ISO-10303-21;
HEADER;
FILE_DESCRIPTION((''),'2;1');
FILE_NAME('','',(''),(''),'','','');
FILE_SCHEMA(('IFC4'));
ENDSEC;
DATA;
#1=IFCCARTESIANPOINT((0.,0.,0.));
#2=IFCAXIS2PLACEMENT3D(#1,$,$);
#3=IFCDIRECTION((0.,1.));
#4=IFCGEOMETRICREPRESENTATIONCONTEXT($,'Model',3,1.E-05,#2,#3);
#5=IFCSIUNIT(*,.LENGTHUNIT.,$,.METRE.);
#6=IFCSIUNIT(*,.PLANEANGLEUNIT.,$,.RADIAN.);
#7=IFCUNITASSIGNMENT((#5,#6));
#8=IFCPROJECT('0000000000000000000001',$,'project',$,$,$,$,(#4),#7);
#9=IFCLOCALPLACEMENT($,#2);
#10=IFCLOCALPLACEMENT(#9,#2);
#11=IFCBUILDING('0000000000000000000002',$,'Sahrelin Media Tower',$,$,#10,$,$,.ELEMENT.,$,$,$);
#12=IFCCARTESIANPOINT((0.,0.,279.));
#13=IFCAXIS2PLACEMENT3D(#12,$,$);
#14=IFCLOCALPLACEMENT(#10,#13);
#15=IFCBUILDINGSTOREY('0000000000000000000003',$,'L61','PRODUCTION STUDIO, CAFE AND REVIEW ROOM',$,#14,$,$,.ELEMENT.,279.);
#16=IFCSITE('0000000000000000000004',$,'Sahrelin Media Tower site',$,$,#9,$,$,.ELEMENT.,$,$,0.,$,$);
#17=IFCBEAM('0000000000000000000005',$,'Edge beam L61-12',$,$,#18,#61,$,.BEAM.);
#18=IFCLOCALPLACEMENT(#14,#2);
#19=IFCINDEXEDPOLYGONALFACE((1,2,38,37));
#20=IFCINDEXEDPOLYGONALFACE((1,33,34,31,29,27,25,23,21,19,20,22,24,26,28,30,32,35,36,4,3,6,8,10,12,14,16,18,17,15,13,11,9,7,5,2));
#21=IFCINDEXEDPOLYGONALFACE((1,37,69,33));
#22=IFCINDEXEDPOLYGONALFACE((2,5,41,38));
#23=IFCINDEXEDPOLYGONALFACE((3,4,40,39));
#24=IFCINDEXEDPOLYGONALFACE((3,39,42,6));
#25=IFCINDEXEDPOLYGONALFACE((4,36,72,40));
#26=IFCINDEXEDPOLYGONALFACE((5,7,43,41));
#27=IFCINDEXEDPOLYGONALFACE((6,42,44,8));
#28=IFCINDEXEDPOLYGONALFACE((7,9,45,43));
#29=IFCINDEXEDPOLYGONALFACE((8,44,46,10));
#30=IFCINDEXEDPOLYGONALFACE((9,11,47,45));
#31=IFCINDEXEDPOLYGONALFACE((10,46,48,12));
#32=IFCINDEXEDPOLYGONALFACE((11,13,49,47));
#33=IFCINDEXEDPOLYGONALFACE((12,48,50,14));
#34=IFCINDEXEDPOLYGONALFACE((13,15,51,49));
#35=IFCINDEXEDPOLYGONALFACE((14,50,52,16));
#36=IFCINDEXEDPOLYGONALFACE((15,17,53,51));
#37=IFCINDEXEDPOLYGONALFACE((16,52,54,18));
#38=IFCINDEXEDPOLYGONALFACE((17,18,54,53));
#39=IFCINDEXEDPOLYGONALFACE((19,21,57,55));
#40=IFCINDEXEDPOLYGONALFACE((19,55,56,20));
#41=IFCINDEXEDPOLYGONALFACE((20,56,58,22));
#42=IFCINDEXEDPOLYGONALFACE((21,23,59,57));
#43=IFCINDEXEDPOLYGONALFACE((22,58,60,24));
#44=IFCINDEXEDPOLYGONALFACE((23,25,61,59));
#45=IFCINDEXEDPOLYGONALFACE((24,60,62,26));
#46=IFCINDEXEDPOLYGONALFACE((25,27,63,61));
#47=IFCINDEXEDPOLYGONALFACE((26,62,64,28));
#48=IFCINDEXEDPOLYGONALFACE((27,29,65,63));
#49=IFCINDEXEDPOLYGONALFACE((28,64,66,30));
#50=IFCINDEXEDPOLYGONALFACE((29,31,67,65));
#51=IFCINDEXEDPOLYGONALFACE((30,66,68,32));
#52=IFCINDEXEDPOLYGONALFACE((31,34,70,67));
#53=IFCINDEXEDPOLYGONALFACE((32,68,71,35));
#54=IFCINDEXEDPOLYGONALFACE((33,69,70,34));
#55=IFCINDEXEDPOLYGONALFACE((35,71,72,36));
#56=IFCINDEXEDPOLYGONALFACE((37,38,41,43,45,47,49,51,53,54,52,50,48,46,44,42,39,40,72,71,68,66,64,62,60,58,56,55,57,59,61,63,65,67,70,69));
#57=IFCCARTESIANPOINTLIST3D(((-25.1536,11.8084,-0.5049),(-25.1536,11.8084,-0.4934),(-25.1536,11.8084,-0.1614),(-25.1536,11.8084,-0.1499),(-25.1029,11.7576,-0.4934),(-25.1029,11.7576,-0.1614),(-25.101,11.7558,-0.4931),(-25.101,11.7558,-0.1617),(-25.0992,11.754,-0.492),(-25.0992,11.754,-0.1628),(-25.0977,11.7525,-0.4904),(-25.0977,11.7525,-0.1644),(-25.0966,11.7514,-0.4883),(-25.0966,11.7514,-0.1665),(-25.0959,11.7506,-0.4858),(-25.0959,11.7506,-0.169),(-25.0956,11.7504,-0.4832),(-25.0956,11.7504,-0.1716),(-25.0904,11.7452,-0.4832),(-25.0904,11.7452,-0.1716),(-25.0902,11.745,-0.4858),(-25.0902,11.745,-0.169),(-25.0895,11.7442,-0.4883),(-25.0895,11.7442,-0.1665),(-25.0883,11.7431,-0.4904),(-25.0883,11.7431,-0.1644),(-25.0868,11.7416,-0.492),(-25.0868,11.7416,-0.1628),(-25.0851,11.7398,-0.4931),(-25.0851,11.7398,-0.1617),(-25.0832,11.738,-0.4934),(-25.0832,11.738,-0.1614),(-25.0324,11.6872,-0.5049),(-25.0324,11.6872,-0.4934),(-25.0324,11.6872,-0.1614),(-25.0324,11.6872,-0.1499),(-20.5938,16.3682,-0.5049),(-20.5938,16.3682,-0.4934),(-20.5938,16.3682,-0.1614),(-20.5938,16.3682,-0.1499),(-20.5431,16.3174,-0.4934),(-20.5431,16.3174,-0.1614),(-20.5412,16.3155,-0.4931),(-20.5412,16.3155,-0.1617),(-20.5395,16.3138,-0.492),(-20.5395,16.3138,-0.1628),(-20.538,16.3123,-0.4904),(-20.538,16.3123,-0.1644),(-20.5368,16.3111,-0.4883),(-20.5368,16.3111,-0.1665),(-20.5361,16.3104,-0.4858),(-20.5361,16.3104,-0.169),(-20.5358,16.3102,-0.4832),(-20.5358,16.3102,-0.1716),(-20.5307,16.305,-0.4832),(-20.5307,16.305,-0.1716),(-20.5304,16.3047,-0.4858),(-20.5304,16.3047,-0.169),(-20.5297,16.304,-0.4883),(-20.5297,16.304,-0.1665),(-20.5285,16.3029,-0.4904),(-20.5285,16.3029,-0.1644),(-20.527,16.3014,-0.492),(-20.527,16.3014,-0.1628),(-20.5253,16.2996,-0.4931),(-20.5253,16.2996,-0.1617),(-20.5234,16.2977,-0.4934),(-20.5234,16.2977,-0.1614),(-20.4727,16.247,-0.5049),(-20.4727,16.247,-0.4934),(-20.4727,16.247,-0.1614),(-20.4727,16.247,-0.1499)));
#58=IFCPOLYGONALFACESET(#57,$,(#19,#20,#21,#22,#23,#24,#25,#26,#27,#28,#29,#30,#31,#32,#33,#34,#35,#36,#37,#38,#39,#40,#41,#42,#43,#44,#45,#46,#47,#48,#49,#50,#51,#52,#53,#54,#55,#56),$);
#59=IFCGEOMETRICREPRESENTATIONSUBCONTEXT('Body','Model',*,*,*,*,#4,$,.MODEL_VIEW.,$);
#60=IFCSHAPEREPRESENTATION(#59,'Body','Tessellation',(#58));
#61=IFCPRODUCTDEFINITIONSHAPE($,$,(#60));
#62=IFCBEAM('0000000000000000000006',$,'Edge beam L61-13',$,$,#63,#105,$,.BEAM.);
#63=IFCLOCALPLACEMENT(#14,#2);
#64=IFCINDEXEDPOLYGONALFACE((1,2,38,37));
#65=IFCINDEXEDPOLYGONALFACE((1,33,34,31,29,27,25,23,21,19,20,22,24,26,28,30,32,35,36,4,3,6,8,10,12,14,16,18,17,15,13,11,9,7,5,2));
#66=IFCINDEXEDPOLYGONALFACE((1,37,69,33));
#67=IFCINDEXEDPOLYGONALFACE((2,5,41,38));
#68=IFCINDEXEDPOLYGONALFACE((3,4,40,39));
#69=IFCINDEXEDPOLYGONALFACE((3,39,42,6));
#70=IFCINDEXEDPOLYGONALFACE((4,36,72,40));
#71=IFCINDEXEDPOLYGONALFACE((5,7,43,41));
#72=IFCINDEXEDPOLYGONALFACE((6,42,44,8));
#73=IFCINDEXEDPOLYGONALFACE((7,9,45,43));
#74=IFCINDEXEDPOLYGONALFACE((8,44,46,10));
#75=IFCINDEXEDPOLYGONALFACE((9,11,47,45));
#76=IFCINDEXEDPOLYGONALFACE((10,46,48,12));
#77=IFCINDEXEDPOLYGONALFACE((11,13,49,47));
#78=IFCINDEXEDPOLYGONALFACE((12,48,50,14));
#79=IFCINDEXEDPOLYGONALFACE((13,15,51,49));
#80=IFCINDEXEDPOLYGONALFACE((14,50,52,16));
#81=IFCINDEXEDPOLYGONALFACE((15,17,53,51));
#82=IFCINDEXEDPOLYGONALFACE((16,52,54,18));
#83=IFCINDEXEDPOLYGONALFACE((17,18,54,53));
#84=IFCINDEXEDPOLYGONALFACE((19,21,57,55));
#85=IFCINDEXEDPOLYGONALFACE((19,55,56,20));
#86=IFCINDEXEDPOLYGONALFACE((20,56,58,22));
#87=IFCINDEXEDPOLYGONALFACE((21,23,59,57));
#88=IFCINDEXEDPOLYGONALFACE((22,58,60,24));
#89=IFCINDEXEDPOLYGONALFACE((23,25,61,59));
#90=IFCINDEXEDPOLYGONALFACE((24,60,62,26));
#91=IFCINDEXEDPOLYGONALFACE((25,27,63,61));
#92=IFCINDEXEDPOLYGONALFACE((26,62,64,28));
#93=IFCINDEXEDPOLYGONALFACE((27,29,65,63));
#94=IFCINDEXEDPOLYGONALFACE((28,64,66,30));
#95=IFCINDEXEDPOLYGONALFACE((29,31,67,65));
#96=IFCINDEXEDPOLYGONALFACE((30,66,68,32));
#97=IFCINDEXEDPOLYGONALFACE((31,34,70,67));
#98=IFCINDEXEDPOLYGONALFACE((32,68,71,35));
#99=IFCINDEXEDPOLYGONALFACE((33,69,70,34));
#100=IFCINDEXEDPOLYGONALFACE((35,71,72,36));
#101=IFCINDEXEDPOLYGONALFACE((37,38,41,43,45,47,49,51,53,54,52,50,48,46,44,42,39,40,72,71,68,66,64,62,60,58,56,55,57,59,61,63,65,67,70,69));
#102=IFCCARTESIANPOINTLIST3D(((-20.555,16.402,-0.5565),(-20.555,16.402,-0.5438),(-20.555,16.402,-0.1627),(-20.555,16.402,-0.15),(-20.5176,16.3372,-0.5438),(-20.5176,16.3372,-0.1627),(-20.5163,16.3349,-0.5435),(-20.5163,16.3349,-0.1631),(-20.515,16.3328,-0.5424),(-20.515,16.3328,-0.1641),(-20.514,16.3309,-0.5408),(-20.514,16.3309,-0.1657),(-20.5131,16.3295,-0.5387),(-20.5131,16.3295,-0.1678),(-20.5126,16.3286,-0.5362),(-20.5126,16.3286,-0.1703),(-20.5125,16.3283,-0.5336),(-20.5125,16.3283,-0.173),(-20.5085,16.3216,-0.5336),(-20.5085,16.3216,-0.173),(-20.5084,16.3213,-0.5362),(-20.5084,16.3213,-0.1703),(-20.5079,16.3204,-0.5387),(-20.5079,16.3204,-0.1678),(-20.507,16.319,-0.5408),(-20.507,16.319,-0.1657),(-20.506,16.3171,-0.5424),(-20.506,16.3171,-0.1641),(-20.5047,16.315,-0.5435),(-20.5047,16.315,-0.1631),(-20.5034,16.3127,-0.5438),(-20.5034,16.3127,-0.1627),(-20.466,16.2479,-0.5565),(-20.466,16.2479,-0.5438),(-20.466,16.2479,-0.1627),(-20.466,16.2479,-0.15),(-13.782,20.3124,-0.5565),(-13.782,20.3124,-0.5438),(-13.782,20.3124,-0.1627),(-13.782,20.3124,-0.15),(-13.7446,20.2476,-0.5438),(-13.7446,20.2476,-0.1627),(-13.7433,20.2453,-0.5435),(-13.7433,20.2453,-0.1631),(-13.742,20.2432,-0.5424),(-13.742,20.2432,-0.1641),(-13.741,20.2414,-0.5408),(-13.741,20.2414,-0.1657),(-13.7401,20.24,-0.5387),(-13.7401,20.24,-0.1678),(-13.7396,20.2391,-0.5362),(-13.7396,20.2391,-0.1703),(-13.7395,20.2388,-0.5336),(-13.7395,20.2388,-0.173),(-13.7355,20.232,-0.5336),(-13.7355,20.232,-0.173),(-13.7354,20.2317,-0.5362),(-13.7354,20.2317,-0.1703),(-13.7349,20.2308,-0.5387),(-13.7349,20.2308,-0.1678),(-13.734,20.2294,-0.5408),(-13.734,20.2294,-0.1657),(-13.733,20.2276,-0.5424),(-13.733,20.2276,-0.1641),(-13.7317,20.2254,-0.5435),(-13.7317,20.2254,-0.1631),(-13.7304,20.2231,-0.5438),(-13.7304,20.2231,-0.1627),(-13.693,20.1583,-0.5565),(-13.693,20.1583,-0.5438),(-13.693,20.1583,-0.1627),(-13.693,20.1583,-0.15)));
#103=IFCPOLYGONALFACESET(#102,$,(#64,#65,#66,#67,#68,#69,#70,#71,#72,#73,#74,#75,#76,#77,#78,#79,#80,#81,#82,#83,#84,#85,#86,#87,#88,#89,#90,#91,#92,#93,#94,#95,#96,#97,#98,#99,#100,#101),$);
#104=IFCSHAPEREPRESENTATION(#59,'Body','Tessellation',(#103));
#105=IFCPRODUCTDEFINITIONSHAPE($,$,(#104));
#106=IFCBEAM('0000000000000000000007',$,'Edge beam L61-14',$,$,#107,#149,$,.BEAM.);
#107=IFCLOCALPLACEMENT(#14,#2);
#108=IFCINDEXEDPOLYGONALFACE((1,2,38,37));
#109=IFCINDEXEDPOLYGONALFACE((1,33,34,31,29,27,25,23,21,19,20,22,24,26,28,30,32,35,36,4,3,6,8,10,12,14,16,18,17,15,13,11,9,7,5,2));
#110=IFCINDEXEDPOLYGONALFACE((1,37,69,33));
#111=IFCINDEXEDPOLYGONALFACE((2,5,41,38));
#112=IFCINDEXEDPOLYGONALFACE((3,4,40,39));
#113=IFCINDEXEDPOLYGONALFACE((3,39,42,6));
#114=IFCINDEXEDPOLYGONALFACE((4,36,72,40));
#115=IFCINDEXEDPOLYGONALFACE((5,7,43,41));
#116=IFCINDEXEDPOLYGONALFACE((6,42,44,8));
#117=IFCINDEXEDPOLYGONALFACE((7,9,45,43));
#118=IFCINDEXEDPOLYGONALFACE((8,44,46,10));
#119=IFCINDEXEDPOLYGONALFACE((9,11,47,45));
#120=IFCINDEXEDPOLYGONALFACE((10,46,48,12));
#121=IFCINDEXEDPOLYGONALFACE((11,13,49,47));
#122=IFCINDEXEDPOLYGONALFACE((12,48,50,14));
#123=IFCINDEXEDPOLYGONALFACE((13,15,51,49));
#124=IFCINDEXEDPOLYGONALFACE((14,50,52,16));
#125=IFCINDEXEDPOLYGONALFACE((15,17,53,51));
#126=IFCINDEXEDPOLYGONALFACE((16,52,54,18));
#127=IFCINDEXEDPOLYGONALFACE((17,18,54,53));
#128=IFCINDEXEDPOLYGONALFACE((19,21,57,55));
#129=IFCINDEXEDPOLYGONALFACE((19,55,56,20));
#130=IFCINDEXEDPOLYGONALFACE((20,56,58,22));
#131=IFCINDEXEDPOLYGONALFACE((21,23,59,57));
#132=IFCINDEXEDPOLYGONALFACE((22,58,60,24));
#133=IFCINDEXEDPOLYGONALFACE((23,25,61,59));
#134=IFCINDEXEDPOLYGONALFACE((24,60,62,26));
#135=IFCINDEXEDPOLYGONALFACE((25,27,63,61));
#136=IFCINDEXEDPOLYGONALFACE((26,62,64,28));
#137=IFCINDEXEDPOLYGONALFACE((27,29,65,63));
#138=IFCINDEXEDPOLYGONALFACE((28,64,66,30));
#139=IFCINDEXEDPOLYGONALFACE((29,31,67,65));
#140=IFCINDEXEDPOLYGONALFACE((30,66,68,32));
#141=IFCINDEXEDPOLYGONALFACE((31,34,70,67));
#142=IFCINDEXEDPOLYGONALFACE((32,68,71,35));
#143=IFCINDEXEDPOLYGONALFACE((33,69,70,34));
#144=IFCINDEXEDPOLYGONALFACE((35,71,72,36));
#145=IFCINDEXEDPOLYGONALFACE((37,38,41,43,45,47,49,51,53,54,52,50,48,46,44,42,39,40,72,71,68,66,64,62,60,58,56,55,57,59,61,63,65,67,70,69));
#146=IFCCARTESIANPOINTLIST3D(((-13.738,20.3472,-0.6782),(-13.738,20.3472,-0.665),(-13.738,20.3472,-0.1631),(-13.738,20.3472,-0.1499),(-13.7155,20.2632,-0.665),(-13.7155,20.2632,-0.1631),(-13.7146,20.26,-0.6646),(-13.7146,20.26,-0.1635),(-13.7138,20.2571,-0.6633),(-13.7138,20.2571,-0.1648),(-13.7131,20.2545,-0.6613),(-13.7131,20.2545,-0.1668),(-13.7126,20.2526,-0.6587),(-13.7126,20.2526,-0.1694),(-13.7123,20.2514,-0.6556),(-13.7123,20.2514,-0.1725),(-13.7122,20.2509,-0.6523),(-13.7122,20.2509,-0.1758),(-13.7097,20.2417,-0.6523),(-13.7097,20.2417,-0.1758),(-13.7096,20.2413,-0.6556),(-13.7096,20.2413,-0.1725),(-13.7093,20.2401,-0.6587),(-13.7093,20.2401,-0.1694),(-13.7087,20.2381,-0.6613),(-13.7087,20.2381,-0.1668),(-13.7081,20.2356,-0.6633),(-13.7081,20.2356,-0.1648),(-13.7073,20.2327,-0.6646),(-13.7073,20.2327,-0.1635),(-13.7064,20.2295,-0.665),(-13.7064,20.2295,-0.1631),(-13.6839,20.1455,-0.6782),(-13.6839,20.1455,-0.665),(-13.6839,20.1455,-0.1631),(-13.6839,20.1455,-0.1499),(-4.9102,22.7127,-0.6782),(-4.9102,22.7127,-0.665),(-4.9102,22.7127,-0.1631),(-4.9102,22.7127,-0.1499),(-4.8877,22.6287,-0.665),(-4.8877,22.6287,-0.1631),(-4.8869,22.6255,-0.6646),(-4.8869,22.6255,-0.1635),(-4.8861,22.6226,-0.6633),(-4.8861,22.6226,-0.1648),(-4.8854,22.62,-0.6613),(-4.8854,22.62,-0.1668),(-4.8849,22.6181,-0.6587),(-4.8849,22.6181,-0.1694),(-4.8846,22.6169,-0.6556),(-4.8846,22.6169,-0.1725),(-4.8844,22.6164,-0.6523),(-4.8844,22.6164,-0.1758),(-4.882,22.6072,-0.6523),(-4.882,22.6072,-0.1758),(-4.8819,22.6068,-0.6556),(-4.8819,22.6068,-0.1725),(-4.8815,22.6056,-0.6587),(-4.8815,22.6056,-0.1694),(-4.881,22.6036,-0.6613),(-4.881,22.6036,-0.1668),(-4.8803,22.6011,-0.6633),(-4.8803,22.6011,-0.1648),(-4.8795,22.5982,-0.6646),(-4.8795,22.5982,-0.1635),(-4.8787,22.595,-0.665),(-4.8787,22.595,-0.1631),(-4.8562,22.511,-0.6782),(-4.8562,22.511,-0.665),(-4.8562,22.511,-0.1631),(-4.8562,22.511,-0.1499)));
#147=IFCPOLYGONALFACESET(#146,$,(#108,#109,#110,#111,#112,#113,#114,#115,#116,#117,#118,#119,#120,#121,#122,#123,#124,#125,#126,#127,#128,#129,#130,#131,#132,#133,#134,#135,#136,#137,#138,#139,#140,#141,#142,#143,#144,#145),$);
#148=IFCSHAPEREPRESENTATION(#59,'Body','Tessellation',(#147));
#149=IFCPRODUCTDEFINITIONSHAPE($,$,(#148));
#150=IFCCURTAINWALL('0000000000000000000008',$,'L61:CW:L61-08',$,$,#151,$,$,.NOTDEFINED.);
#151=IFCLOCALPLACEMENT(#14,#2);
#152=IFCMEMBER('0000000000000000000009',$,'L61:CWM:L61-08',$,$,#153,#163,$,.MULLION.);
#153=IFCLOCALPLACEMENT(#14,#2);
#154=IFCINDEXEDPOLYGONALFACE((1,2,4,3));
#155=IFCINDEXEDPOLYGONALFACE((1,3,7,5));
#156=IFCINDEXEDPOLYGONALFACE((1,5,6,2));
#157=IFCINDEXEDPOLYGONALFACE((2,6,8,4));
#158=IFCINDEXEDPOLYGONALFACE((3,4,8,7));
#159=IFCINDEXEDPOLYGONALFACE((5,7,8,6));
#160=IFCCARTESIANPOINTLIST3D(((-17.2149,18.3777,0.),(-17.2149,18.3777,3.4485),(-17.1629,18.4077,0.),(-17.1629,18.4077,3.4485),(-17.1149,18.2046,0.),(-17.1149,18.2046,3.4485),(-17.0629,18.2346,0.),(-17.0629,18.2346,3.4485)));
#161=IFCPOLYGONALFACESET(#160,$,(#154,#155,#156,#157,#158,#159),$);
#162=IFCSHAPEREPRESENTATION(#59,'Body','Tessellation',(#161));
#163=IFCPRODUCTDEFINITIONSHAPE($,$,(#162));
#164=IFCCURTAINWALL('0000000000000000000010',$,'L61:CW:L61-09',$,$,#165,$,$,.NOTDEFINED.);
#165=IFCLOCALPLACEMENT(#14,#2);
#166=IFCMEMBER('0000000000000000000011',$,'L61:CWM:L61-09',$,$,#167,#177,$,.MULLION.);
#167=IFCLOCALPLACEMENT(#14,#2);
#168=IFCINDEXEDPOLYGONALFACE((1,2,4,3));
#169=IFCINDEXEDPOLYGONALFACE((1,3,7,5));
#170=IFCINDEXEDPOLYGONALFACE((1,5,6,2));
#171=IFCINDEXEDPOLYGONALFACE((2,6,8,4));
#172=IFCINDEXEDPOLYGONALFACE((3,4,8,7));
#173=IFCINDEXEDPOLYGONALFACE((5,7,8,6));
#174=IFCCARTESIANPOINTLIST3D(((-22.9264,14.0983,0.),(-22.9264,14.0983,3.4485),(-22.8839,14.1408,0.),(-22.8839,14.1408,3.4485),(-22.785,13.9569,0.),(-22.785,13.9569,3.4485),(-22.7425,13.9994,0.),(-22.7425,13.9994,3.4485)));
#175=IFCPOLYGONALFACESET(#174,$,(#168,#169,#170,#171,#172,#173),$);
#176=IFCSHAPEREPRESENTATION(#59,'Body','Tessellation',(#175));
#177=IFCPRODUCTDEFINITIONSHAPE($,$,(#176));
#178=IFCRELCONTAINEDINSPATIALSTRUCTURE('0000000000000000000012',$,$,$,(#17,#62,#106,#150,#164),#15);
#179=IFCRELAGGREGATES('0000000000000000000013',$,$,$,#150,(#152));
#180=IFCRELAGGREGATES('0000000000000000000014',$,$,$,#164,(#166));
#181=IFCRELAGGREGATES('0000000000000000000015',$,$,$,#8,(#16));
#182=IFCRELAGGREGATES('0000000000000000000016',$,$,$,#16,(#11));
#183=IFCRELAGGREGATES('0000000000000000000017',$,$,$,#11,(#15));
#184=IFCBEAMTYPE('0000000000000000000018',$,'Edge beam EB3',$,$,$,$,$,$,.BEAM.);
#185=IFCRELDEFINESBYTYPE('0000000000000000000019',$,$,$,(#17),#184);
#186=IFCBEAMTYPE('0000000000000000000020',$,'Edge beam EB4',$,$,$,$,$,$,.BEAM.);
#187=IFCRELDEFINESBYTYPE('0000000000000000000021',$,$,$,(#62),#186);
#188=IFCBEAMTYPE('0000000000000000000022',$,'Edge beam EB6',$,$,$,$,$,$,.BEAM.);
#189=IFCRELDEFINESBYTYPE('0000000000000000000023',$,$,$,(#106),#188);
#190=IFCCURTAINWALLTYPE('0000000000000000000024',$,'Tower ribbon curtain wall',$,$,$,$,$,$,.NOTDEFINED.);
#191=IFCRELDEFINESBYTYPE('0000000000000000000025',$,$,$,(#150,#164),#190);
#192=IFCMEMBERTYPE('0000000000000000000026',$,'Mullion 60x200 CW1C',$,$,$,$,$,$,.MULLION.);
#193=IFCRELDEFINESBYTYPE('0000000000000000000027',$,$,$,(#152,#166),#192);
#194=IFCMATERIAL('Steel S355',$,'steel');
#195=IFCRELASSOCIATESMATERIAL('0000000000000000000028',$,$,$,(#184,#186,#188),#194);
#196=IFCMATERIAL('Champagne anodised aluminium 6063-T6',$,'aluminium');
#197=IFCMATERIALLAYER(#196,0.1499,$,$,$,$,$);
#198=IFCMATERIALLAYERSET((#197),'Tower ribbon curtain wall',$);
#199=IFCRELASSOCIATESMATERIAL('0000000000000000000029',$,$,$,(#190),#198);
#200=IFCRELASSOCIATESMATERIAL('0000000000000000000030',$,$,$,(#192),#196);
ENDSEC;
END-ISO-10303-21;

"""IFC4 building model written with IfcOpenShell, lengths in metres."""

from ifc_helpers import new_model, si_unit, direction, frame, origin, origin_2d, place, context, subcontext, project, spatial, rectangle, i_section, extrude, material, layer, layer_set, material_profile, profile_set, type_object, element, aggregate, save


model = new_model("IFC4")

# Units and contexts
model_context = context("Model", 3, precision=1e-05, world=origin(), true_north=direction((0.0, 1.0)))
body_context = subcontext(model_context, "Body", "Model", "MODEL_VIEW")
ifc_project = project(units=[si_unit("LENGTHUNIT", "METRE"), si_unit("PLANEANGLEUNIT", "RADIAN")], contexts=[model_context])

# Site, building, storey
site_placement = place(None, origin())
site = spatial("IfcSite", under=ifc_project, at=site_placement, Name="Sahrelin Media Tower site", CompositionType="ELEMENT", RefElevation=0.0)
building_placement = place(site_placement, origin())
building = spatial("IfcBuilding", under=site, at=building_placement, Name="Sahrelin Media Tower", CompositionType="ELEMENT")
storey_placement = place(building_placement, frame((0.0, 0.0, 279.0)))
storey = spatial("IfcBuildingStorey", under=building, at=storey_placement, Name="L61", Description="PRODUCTION STUDIO, CAFE AND REVIEW ROOM", CompositionType="ELEMENT", Elevation=279.0)

# Beams
ifc_material_1 = material(Name="Steel S355", Category="steel")
ifc_material_profile_1 = material_profile(ifc_material_1, i_section(OverallWidth=0.1714, OverallDepth=0.355, WebThickness=0.0073, FlangeThickness=0.0115, FilletRadius=0.0103, at=origin_2d()), Name="UB 356x171x51")
ifc_profile_set_1 = profile_set([ifc_material_profile_1], Name="Steel S355")
beam_type_1 = type_object("IfcBeamType", Name="Edge beam EB3", PredefinedType="BEAM", material=ifc_profile_set_1)
beam_1_placement = place(storey_placement, frame((-25.093, 11.7478, -0.3274), z_axis=(0.707107, 0.707107, 0.0), x_axis=(-0.707107, 0.707107, 0.0)))
element("IfcBeam", 1, at=beam_1_placement, inside=storey, type_object=beam_type_1, Name="Edge beam L61-12", PredefinedType="BEAM", context=body_context, shape_type="SweptSolid", body=[
    extrude(i_section(OverallWidth=0.1714, OverallDepth=0.355, WebThickness=0.0073, FlangeThickness=0.0115, FilletRadius=0.0103, at=origin_2d()), origin(), (0.0, 0.0, 1.0), 6.4485),
])
ifc_material_profile_2 = material_profile(ifc_material_1, i_section(OverallWidth=0.178, OverallDepth=0.4065, WebThickness=0.0078, FlangeThickness=0.0127, FilletRadius=0.0103, at=origin_2d()), Name="UB 406x178x60")
ifc_profile_set_2 = profile_set([ifc_material_profile_2], Name="Steel S355")
beam_type_2 = type_object("IfcBeamType", Name="Edge beam EB4", PredefinedType="BEAM", material=ifc_profile_set_2)
beam_2_placement = place(storey_placement, frame((-20.5105, 16.325, -0.3533), z_axis=(0.866023, 0.500003, 0.0), x_axis=(-0.500003, 0.866023, 0.0)))
element("IfcBeam", 2, at=beam_2_placement, inside=storey, type_object=beam_type_2, Name="Edge beam L61-13", PredefinedType="BEAM", context=body_context, shape_type="SweptSolid", body=[
    extrude(i_section(OverallWidth=0.178, OverallDepth=0.4065, WebThickness=0.0078, FlangeThickness=0.0127, FilletRadius=0.0103, at=origin_2d()), origin(), (0.0, 0.0, 1.0), 7.8208),
])
ifc_material_profile_3 = material_profile(ifc_material_1, i_section(OverallWidth=0.2087, OverallDepth=0.5283, WebThickness=0.0095, FlangeThickness=0.0132, FilletRadius=0.0127, at=origin_2d()), Name="UB 533x210x82")
ifc_profile_set_3 = profile_set([ifc_material_profile_3], Name="Steel S355")
beam_type_3 = type_object("IfcBeamType", Name="Edge beam EB6", PredefinedType="BEAM", material=ifc_profile_set_3)
beam_3_placement = place(storey_placement, frame((-13.7109, 20.2463, -0.4141), z_axis=(0.965923, 0.258831, 0.0), x_axis=(-0.258831, 0.965923, 0.0)))
element("IfcBeam", 3, at=beam_3_placement, inside=storey, type_object=beam_type_3, Name="Edge beam L61-14", PredefinedType="BEAM", context=body_context, shape_type="SweptSolid", body=[
    extrude(i_section(OverallWidth=0.2087, OverallDepth=0.5283, WebThickness=0.0095, FlangeThickness=0.0132, FilletRadius=0.0127, at=origin_2d()), origin(), (0.0, 0.0, 1.0), 9.1392),
])

# Curtain walls, members
ifc_material_2 = material(Name="Champagne anodised aluminium 6063-T6", Category="aluminium")
ifc_layer_1 = layer(ifc_material_2, 0.1499)
ifc_layer_set_1 = layer_set([ifc_layer_1], Name="Tower ribbon curtain wall")
curtain_wall_type = type_object("IfcCurtainWallType", Name="Tower ribbon curtain wall", PredefinedType="NOTDEFINED", material=ifc_layer_set_1)
curtain_wall_1_placement = place(storey_placement, frame((-17.199, 18.4102, 0.0), z_axis=(0.0, 0.0, 1.0), x_axis=(1.0, 0.0, 0.0)))
curtain_wall_1 = element("IfcCurtainWall", 4, at=curtain_wall_1_placement, inside=storey, type_object=curtain_wall_type, Name="L61:CW:L61-08", PredefinedType="NOTDEFINED")
ifc_material_profile_4 = material_profile(ifc_material_2, rectangle(XDim=0.0601, YDim=0.2, at=origin_2d()), Name="Mullion 60x200")
ifc_profile_set_4 = profile_set([ifc_material_profile_4], Name="Champagne anodised aluminium 6063-T6")
member_type_1 = type_object("IfcMemberType", Name="Mullion 60x200 CW1C", PredefinedType="MULLION", material=ifc_profile_set_4)
member_1_placement = place(storey_placement, frame((-17.1389, 18.3062, 0.0), z_axis=(0.0, 0.0, 1.0), x_axis=(-0.866027, -0.499997, 0.0)))
member_1 = element("IfcMember", 5, at=member_1_placement, type_object=member_type_1, Name="L61:CWM:L61-08", PredefinedType="MULLION", context=body_context, shape_type="SweptSolid", body=[
    extrude(rectangle(XDim=0.0601, YDim=0.2, at=origin_2d()), origin(), (0.0, 0.0, 1.0), 3.4485),
])
curtain_wall_2_placement = place(storey_placement, frame((-22.9192, 14.1338, 0.0), z_axis=(0.0, 0.0, 1.0), x_axis=(1.0, 0.0, 0.0)))
curtain_wall_2 = element("IfcCurtainWall", 6, at=curtain_wall_2_placement, inside=storey, type_object=curtain_wall_type, Name="L61:CW:L61-09", PredefinedType="NOTDEFINED")
member_2_placement = place(storey_placement, frame((-22.8345, 14.0488, 0.0), z_axis=(0.0, 0.0, 1.0), x_axis=(-0.707107, -0.707107, 0.0)))
member_2 = element("IfcMember", 7, at=member_2_placement, type_object=member_type_1, Name="L61:CWM:L61-09", PredefinedType="MULLION", context=body_context, shape_type="SweptSolid", body=[
    extrude(rectangle(XDim=0.0601, YDim=0.2, at=origin_2d()), origin(), (0.0, 0.0, 1.0), 3.4485),
])

aggregate(curtain_wall_1, [member_1])
aggregate(curtain_wall_2, [member_2])

save(model, "model.ifc")
